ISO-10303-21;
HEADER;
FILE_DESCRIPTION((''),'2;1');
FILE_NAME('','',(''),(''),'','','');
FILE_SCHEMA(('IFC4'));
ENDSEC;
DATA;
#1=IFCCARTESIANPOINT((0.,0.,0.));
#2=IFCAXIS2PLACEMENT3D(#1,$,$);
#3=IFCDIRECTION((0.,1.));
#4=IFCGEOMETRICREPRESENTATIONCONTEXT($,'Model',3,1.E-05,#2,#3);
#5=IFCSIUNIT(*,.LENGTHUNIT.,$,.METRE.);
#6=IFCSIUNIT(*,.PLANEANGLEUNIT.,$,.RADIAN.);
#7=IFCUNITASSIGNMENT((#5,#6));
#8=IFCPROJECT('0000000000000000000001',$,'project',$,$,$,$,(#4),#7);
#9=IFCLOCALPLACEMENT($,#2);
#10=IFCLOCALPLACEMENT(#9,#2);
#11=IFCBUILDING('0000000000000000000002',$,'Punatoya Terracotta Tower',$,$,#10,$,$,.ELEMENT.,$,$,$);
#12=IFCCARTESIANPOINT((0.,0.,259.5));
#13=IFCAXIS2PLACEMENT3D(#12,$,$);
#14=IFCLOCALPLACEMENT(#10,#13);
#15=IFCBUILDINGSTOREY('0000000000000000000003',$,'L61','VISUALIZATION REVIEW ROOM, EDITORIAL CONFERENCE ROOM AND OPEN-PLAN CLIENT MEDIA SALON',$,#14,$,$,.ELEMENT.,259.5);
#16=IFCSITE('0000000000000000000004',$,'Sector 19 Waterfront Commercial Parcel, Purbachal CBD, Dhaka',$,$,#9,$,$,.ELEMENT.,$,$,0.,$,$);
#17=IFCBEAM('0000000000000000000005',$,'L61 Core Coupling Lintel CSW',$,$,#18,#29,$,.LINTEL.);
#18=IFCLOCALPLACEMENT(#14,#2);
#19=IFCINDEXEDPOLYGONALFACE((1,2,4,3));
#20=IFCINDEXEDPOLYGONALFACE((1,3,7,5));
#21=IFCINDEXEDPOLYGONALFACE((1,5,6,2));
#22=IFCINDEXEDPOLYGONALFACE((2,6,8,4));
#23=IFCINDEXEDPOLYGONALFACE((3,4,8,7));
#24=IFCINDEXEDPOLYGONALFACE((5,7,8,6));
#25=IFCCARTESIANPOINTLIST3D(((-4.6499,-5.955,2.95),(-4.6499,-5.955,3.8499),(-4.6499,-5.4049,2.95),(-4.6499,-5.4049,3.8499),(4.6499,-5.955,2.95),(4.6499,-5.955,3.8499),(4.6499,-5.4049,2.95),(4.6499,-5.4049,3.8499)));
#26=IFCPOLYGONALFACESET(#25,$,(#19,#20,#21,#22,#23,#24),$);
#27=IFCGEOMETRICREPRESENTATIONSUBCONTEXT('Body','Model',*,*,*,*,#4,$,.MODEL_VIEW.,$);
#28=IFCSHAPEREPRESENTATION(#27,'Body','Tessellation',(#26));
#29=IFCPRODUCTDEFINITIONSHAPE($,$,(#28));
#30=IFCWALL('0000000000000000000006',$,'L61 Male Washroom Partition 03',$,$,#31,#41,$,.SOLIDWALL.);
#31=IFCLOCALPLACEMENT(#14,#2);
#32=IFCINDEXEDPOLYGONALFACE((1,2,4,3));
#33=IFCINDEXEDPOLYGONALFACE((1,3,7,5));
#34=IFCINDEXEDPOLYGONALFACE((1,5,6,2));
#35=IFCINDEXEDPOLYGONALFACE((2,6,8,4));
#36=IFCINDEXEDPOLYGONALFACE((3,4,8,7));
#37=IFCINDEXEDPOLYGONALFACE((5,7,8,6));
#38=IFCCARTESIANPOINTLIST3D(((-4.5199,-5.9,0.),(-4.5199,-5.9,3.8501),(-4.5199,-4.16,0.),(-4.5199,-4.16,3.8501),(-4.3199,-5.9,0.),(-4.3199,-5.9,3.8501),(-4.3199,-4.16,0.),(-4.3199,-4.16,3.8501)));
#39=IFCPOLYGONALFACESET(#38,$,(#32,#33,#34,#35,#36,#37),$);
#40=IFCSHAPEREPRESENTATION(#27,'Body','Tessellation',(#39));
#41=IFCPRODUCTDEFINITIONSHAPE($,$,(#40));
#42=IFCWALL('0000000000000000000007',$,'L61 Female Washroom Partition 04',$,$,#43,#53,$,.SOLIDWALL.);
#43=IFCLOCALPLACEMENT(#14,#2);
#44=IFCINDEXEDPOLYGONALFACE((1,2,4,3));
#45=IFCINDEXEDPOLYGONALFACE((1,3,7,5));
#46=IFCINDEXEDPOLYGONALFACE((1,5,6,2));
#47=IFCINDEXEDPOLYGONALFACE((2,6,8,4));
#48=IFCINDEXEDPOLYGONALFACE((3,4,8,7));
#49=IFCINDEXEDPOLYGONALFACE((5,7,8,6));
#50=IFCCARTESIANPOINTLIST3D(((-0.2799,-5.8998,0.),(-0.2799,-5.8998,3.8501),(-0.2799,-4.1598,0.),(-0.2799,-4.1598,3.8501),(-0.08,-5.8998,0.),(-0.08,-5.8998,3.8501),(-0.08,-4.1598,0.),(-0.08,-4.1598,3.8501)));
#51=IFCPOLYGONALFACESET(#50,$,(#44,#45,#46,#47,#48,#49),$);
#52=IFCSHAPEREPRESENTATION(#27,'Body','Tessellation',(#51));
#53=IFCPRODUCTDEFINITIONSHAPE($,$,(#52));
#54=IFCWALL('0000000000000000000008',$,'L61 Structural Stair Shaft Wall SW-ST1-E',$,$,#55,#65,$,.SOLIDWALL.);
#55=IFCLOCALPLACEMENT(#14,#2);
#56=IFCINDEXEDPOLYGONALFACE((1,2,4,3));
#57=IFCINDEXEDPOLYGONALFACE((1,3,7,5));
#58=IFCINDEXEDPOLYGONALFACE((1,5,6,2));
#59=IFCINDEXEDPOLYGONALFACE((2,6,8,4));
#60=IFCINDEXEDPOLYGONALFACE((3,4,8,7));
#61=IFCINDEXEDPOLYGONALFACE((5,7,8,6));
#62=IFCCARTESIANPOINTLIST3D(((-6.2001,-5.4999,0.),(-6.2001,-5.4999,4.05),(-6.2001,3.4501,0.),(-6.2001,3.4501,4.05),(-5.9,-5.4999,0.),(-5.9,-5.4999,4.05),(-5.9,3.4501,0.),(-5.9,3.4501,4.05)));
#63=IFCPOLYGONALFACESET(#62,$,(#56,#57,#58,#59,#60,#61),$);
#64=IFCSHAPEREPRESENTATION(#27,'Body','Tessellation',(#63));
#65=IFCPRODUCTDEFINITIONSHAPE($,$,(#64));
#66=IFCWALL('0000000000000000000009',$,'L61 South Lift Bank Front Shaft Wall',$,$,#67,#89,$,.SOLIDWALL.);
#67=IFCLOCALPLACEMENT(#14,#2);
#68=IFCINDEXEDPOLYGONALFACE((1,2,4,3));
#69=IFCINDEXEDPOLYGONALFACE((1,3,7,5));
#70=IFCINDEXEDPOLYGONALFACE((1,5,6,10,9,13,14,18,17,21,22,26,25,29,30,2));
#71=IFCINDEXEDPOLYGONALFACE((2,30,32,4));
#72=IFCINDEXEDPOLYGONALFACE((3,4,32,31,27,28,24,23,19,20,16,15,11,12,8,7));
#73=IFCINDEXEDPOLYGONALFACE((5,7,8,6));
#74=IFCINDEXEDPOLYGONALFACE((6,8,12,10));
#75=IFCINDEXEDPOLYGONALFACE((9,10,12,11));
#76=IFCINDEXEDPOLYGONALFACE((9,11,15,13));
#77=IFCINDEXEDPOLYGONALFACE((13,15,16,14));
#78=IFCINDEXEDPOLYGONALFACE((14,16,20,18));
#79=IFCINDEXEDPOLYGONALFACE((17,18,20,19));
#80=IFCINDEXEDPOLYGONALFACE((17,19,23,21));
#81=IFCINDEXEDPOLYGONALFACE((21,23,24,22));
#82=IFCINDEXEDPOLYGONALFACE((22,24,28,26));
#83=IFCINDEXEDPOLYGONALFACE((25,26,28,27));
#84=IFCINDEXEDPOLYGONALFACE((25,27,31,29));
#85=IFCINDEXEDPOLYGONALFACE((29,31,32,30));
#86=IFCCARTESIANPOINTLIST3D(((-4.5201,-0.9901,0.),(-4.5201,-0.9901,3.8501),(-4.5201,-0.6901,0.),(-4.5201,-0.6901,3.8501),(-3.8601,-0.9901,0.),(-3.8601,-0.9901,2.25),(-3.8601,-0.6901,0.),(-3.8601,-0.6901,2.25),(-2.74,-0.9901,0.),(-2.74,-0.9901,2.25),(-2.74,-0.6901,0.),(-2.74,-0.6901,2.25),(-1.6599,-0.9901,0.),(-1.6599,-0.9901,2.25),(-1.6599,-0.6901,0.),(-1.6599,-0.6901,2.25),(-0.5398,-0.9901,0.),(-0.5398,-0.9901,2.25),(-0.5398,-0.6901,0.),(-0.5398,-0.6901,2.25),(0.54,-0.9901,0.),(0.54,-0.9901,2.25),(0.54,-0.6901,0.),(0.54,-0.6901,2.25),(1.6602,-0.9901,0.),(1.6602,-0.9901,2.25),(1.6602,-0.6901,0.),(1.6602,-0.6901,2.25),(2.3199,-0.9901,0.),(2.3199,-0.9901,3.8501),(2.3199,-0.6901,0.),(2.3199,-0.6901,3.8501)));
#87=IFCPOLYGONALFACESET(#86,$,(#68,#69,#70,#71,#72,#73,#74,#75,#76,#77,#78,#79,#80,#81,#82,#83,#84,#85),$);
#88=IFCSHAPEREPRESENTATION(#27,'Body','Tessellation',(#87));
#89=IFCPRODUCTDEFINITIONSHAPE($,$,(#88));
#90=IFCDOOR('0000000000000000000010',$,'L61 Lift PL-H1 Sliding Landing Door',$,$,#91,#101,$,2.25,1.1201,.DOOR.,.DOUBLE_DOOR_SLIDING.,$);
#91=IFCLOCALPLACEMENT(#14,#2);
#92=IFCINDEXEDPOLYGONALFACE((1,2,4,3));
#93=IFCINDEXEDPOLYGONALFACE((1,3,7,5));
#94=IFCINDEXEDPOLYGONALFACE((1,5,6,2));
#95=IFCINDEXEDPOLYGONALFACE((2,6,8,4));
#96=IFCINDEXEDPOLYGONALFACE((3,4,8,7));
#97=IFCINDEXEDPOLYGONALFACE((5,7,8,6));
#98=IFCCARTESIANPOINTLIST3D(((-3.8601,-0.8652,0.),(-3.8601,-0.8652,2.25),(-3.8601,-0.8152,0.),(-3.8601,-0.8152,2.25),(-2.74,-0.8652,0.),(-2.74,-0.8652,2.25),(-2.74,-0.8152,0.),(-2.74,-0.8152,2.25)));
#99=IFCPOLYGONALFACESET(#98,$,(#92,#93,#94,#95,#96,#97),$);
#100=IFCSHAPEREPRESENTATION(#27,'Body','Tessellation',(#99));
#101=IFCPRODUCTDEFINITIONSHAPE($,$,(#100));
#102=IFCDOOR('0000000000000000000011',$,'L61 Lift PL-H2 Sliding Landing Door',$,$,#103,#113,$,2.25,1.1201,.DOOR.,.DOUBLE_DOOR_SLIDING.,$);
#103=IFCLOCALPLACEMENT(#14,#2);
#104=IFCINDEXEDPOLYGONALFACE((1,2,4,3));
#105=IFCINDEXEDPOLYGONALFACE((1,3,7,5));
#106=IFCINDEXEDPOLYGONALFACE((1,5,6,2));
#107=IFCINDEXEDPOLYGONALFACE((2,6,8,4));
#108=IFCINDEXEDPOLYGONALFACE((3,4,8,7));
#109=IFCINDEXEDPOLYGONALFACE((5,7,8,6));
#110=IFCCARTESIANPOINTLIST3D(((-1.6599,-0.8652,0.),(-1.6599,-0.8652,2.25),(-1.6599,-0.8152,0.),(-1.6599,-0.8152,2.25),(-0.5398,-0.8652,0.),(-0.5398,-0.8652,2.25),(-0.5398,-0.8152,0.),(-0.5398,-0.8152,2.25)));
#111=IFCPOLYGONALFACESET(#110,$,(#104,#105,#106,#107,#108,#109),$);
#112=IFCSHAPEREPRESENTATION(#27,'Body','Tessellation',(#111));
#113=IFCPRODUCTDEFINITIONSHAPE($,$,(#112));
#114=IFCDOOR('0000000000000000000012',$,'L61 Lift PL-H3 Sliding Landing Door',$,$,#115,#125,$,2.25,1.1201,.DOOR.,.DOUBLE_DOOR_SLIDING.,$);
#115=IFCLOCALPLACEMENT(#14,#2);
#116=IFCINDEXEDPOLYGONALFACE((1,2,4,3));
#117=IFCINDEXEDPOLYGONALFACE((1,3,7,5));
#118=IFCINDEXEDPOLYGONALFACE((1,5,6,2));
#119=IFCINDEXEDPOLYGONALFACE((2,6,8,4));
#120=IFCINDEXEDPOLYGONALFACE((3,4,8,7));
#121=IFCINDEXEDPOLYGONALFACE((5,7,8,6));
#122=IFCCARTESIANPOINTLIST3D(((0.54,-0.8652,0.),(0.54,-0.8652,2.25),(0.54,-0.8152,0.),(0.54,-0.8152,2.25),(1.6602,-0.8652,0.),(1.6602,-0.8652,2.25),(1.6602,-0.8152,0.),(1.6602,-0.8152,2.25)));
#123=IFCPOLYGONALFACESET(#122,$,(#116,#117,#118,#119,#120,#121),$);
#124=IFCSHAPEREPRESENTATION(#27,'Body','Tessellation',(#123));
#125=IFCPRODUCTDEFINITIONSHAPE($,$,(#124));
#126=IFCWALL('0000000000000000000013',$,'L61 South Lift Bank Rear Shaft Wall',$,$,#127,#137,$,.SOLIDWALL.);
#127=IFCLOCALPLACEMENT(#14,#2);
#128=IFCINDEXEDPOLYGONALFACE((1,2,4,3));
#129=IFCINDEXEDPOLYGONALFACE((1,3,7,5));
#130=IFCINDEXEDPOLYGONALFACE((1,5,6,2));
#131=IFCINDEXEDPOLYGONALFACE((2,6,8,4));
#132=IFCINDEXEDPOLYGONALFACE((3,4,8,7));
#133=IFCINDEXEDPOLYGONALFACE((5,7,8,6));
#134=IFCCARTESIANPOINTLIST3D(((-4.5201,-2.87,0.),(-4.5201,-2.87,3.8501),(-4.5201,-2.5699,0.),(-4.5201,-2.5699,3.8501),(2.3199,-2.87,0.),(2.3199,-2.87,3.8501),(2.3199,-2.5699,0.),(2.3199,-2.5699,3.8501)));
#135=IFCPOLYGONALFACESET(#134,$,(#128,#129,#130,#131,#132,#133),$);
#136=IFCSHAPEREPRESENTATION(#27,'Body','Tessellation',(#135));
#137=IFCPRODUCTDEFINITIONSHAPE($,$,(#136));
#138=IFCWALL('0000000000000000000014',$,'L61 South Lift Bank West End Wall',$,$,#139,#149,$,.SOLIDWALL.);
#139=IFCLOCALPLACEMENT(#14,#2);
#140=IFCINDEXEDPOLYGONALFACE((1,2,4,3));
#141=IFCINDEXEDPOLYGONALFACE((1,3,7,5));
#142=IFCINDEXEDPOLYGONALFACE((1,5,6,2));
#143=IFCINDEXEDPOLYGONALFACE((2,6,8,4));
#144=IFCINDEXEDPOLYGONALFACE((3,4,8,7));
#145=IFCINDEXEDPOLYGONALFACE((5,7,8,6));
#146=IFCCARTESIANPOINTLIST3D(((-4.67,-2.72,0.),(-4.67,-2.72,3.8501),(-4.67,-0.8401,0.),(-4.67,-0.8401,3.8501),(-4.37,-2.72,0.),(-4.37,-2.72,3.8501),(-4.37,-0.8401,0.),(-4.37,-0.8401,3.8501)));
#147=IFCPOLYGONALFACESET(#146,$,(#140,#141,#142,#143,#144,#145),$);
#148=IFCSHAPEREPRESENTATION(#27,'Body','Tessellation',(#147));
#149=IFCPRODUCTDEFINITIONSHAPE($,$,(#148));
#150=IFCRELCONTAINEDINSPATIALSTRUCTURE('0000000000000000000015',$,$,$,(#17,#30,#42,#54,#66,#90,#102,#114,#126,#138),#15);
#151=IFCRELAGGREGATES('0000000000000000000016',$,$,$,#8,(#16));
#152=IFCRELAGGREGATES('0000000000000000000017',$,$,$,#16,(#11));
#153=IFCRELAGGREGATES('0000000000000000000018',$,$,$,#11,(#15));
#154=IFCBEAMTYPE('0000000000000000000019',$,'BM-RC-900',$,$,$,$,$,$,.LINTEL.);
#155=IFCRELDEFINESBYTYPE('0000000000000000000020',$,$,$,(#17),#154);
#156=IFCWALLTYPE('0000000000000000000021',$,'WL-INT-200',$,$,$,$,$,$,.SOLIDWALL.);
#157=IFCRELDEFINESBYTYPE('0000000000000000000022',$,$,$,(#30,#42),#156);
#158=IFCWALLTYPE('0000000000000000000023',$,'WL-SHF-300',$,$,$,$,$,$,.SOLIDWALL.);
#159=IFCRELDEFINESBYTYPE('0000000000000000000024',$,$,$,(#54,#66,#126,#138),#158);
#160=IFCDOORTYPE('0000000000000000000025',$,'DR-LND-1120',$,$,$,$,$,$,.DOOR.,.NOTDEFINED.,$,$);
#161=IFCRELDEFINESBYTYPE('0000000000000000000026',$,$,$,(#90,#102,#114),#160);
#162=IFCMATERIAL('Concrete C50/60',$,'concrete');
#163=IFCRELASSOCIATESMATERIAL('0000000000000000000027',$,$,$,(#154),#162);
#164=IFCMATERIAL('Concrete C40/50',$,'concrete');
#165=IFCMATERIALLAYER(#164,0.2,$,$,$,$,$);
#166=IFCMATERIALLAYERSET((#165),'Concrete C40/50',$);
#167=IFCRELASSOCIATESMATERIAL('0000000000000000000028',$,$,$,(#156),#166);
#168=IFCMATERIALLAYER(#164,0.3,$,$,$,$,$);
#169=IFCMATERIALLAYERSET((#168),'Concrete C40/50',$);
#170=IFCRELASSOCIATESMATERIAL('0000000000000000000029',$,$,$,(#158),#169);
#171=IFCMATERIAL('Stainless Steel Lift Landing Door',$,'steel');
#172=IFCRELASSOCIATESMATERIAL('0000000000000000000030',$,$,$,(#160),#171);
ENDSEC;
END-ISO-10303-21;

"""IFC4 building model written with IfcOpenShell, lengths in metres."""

from ifc_helpers import new_model, si_unit, direction, frame, frame_2d, origin, origin_2d, place, context, subcontext, project, spatial, rectangle, extrude, material, layer, layer_set, material_profile, profile_set, type_object, element, fill, save


model = new_model("IFC4")

# Units and contexts
model_context = context("Model", 3, precision=1e-05, world=origin(), true_north=direction((0.0, 1.0)))
body_context = subcontext(model_context, "Body", "Model", "MODEL_VIEW")
ifc_project = project(units=[si_unit("LENGTHUNIT", "METRE"), si_unit("PLANEANGLEUNIT", "RADIAN")], contexts=[model_context])

# Site, building, storey
site_placement = place(None, origin())
site = spatial("IfcSite", under=ifc_project, at=site_placement, Name="Sector 19 Waterfront Commercial Parcel, Purbachal CBD, Dhaka", CompositionType="ELEMENT", RefElevation=0.0)
building_placement = place(site_placement, origin())
building = spatial("IfcBuilding", under=site, at=building_placement, Name="Punatoya Terracotta Tower", CompositionType="ELEMENT")
storey_placement = place(building_placement, frame((0.0, 0.0, 259.5)))
storey = spatial("IfcBuildingStorey", under=building, at=storey_placement, Name="L61", Description="VISUALIZATION REVIEW ROOM, EDITORIAL CONFERENCE ROOM AND OPEN-PLAN CLIENT MEDIA SALON", CompositionType="ELEMENT", Elevation=259.5)

# Beam
ifc_material_1 = material(Name="Concrete C50/60", Category="concrete")
ifc_material_profile = material_profile(ifc_material_1, rectangle(XDim=0.55, YDim=0.8999, at=origin_2d()))
ifc_profile_set = profile_set([ifc_material_profile], Name="Concrete C50/60")
beam_type = type_object("IfcBeamType", Name="BM-RC-900", PredefinedType="LINTEL", material=ifc_profile_set)
beam_placement = place(storey_placement, frame((-4.6499, -5.6799, 3.3999), z_axis=(1.0, 0.0, 0.0), x_axis=(0.0, 1.0, 0.0)))
element("IfcBeam", 1, at=beam_placement, inside=storey, type_object=beam_type, Name="L61 Core Coupling Lintel CSW", PredefinedType="LINTEL", context=body_context, shape_type="SweptSolid", body=[
    extrude(rectangle(XDim=0.55, YDim=0.8999, at=origin_2d()), origin(), (0.0, 0.0, 1.0), 9.2998),
])

# Shared definitions
ifc_material_2 = material(Name="Concrete C40/50", Category="concrete")
ifc_layer_1 = layer(ifc_material_2, 0.2)
ifc_layer_set_1 = layer_set([ifc_layer_1], Name="Concrete C40/50")
wall_type_1 = type_object("IfcWallType", Name="WL-INT-200", PredefinedType="SOLIDWALL", material=ifc_layer_set_1)

# Walls
for number, where, z_axis, x_axis, name in (
    (2, (-4.4199, -4.1599, 0.0), (0.0, 0.0, 1.0), (0.0, -1.0, 0.0), "L61 Male Washroom Partition 03"),
    (3, (-0.1799, -5.8999, 0.0), (0.0, 0.0, 1.0), (0.0, 1.0, 0.0), "L61 Female Washroom Partition 04"),
):
    element("IfcWall", number, at=place(storey_placement, frame(where, z_axis=z_axis, x_axis=x_axis)), inside=storey, type_object=wall_type_1, Name=name, PredefinedType="SOLIDWALL", context=body_context, shape_type="SweptSolid", body=[
        extrude(rectangle(XDim=1.74, YDim=0.2, at=frame_2d((0.8701, 0.0))), origin(), (0.0, 0.0, 1.0), 3.8501),
    ])

# Wall
ifc_layer_2 = layer(ifc_material_2, 0.3)
ifc_layer_set_2 = layer_set([ifc_layer_2], Name="Concrete C40/50")
wall_type_2 = type_object("IfcWallType", Name="WL-SHF-300", PredefinedType="SOLIDWALL", material=ifc_layer_set_2)
wall_1_placement = place(storey_placement, frame((-6.05, -5.5, 0.0), z_axis=(0.0, 0.0, 1.0), x_axis=(0.0, 1.0, 0.0)))
element("IfcWall", 4, at=wall_1_placement, inside=storey, type_object=wall_type_2, Name="L61 Structural Stair Shaft Wall SW-ST1-E", PredefinedType="SOLIDWALL", context=body_context, shape_type="SweptSolid", body=[
    extrude(rectangle(XDim=8.95, YDim=0.3, at=frame_2d((4.4751, 0.0))), origin(), (0.0, 0.0, 1.0), 4.05),
])

# Wall, openings, doors
wall_2_placement = place(storey_placement, frame((-4.52, -0.8401, 0.0), z_axis=(0.0, 0.0, 1.0), x_axis=(1.0, 0.0, 0.0)))
wall_2 = element("IfcWall", 5, at=wall_2_placement, inside=storey, type_object=wall_type_2, Name="L61 South Lift Bank Front Shaft Wall", PredefinedType="SOLIDWALL", context=body_context, shape_type="SweptSolid", body=[
    extrude(rectangle(XDim=6.8401, YDim=0.3, at=frame_2d((3.4199, 0.0))), origin(), (0.0, 0.0, 1.0), 3.8501),
])
opening_1_placement = place(wall_2_placement, frame((0.6599, 0.0, 0.0)))
opening_1 = element("IfcOpeningElement", 6, at=opening_1_placement, cuts=wall_2, PredefinedType="OPENING", context=body_context, shape_type="SweptSolid", body=[
    extrude(rectangle(XDim=1.1201, YDim=2.25, at=frame_2d((0.5601, 1.125))), frame((0.0, 0.1599, 0.0), z_axis=(0.0, -1.0, 0.0), x_axis=(1.0, 0.0, 0.0)), (0.0, 0.0, 1.0), 0.3201),
])
opening_2_placement = place(wall_2_placement, frame((2.8601, 0.0, 0.0)))
opening_2 = element("IfcOpeningElement", 7, at=opening_2_placement, cuts=wall_2, PredefinedType="OPENING", context=body_context, shape_type="SweptSolid", body=[
    extrude(rectangle(XDim=1.1201, YDim=2.25, at=frame_2d((0.5601, 1.125))), frame((0.0, 0.1599, 0.0), z_axis=(0.0, -1.0, 0.0), x_axis=(1.0, 0.0, 0.0)), (0.0, 0.0, 1.0), 0.3201),
])
opening_3_placement = place(wall_2_placement, frame((5.0601, 0.0, 0.0)))
opening_3 = element("IfcOpeningElement", 8, at=opening_3_placement, cuts=wall_2, PredefinedType="OPENING", context=body_context, shape_type="SweptSolid", body=[
    extrude(rectangle(XDim=1.1201, YDim=2.25, at=frame_2d((0.5601, 1.125))), frame((0.0, 0.1599, 0.0), z_axis=(0.0, -1.0, 0.0), x_axis=(1.0, 0.0, 0.0)), (0.0, 0.0, 1.0), 0.3201),
])
ifc_material_3 = material(Name="Stainless Steel Lift Landing Door", Category="steel")
door_type_1 = type_object("IfcDoorType", Name="DR-LND-1120", OperationType="NOTDEFINED", PredefinedType="DOOR", material=ifc_material_3)
door_1_placement = place(opening_1_placement, origin())
door_1 = element("IfcDoor", 9, at=door_1_placement, inside=storey, type_object=door_type_1, Name="L61 Lift PL-H1 Sliding Landing Door", OperationType="DOUBLE_DOOR_SLIDING", OverallHeight=2.25, OverallWidth=1.1201, PredefinedType="DOOR", context=body_context, shape_type="SweptSolid", body=[
    extrude(rectangle(XDim=1.1201, YDim=2.25, at=frame_2d((0.5601, 1.125))), frame((0.0, 0.0249, 0.0), z_axis=(0.0, -1.0, 0.0), x_axis=(1.0, 0.0, 0.0)), (0.0, 0.0, 1.0), 0.05),
])
fill(opening_1, door_1)
door_2_placement = place(opening_2_placement, origin())
door_2 = element("IfcDoor", 10, at=door_2_placement, inside=storey, type_object=door_type_1, Name="L61 Lift PL-H2 Sliding Landing Door", OperationType="DOUBLE_DOOR_SLIDING", OverallHeight=2.25, OverallWidth=1.1201, PredefinedType="DOOR", context=body_context, shape_type="SweptSolid", body=[
    extrude(rectangle(XDim=1.1201, YDim=2.25, at=frame_2d((0.5601, 1.125))), frame((0.0, 0.0249, 0.0), z_axis=(0.0, -1.0, 0.0), x_axis=(1.0, 0.0, 0.0)), (0.0, 0.0, 1.0), 0.05),
])
fill(opening_2, door_2)
door_3_placement = place(opening_3_placement, origin())
door_3 = element("IfcDoor", 11, at=door_3_placement, inside=storey, type_object=door_type_1, Name="L61 Lift PL-H3 Sliding Landing Door", OperationType="DOUBLE_DOOR_SLIDING", OverallHeight=2.25, OverallWidth=1.1201, PredefinedType="DOOR", context=body_context, shape_type="SweptSolid", body=[
    extrude(rectangle(XDim=1.1201, YDim=2.25, at=frame_2d((0.5601, 1.125))), frame((0.0, 0.0249, 0.0), z_axis=(0.0, -1.0, 0.0), x_axis=(1.0, 0.0, 0.0)), (0.0, 0.0, 1.0), 0.05),
])
fill(opening_3, door_3)

# Walls
wall_3_placement = place(storey_placement, frame((-4.52, -2.72, 0.0), z_axis=(0.0, 0.0, 1.0), x_axis=(1.0, 0.0, 0.0)))
element("IfcWall", 12, at=wall_3_placement, inside=storey, type_object=wall_type_2, Name="L61 South Lift Bank Rear Shaft Wall", PredefinedType="SOLIDWALL", context=body_context, shape_type="SweptSolid", body=[
    extrude(rectangle(XDim=6.8401, YDim=0.3, at=frame_2d((3.4199, 0.0))), origin(), (0.0, 0.0, 1.0), 3.8501),
])
wall_4_placement = place(storey_placement, frame((-4.52, -2.72, 0.0), z_axis=(0.0, 0.0, 1.0), x_axis=(0.0, 1.0, 0.0)))
element("IfcWall", 13, at=wall_4_placement, inside=storey, type_object=wall_type_2, Name="L61 South Lift Bank West End Wall", PredefinedType="SOLIDWALL", context=body_context, shape_type="SweptSolid", body=[
    extrude(rectangle(XDim=1.8799, YDim=0.3, at=frame_2d((0.9399, 0.0))), origin(), (0.0, 0.0, 1.0), 3.8501),
])

save(model, "model.ifc")
